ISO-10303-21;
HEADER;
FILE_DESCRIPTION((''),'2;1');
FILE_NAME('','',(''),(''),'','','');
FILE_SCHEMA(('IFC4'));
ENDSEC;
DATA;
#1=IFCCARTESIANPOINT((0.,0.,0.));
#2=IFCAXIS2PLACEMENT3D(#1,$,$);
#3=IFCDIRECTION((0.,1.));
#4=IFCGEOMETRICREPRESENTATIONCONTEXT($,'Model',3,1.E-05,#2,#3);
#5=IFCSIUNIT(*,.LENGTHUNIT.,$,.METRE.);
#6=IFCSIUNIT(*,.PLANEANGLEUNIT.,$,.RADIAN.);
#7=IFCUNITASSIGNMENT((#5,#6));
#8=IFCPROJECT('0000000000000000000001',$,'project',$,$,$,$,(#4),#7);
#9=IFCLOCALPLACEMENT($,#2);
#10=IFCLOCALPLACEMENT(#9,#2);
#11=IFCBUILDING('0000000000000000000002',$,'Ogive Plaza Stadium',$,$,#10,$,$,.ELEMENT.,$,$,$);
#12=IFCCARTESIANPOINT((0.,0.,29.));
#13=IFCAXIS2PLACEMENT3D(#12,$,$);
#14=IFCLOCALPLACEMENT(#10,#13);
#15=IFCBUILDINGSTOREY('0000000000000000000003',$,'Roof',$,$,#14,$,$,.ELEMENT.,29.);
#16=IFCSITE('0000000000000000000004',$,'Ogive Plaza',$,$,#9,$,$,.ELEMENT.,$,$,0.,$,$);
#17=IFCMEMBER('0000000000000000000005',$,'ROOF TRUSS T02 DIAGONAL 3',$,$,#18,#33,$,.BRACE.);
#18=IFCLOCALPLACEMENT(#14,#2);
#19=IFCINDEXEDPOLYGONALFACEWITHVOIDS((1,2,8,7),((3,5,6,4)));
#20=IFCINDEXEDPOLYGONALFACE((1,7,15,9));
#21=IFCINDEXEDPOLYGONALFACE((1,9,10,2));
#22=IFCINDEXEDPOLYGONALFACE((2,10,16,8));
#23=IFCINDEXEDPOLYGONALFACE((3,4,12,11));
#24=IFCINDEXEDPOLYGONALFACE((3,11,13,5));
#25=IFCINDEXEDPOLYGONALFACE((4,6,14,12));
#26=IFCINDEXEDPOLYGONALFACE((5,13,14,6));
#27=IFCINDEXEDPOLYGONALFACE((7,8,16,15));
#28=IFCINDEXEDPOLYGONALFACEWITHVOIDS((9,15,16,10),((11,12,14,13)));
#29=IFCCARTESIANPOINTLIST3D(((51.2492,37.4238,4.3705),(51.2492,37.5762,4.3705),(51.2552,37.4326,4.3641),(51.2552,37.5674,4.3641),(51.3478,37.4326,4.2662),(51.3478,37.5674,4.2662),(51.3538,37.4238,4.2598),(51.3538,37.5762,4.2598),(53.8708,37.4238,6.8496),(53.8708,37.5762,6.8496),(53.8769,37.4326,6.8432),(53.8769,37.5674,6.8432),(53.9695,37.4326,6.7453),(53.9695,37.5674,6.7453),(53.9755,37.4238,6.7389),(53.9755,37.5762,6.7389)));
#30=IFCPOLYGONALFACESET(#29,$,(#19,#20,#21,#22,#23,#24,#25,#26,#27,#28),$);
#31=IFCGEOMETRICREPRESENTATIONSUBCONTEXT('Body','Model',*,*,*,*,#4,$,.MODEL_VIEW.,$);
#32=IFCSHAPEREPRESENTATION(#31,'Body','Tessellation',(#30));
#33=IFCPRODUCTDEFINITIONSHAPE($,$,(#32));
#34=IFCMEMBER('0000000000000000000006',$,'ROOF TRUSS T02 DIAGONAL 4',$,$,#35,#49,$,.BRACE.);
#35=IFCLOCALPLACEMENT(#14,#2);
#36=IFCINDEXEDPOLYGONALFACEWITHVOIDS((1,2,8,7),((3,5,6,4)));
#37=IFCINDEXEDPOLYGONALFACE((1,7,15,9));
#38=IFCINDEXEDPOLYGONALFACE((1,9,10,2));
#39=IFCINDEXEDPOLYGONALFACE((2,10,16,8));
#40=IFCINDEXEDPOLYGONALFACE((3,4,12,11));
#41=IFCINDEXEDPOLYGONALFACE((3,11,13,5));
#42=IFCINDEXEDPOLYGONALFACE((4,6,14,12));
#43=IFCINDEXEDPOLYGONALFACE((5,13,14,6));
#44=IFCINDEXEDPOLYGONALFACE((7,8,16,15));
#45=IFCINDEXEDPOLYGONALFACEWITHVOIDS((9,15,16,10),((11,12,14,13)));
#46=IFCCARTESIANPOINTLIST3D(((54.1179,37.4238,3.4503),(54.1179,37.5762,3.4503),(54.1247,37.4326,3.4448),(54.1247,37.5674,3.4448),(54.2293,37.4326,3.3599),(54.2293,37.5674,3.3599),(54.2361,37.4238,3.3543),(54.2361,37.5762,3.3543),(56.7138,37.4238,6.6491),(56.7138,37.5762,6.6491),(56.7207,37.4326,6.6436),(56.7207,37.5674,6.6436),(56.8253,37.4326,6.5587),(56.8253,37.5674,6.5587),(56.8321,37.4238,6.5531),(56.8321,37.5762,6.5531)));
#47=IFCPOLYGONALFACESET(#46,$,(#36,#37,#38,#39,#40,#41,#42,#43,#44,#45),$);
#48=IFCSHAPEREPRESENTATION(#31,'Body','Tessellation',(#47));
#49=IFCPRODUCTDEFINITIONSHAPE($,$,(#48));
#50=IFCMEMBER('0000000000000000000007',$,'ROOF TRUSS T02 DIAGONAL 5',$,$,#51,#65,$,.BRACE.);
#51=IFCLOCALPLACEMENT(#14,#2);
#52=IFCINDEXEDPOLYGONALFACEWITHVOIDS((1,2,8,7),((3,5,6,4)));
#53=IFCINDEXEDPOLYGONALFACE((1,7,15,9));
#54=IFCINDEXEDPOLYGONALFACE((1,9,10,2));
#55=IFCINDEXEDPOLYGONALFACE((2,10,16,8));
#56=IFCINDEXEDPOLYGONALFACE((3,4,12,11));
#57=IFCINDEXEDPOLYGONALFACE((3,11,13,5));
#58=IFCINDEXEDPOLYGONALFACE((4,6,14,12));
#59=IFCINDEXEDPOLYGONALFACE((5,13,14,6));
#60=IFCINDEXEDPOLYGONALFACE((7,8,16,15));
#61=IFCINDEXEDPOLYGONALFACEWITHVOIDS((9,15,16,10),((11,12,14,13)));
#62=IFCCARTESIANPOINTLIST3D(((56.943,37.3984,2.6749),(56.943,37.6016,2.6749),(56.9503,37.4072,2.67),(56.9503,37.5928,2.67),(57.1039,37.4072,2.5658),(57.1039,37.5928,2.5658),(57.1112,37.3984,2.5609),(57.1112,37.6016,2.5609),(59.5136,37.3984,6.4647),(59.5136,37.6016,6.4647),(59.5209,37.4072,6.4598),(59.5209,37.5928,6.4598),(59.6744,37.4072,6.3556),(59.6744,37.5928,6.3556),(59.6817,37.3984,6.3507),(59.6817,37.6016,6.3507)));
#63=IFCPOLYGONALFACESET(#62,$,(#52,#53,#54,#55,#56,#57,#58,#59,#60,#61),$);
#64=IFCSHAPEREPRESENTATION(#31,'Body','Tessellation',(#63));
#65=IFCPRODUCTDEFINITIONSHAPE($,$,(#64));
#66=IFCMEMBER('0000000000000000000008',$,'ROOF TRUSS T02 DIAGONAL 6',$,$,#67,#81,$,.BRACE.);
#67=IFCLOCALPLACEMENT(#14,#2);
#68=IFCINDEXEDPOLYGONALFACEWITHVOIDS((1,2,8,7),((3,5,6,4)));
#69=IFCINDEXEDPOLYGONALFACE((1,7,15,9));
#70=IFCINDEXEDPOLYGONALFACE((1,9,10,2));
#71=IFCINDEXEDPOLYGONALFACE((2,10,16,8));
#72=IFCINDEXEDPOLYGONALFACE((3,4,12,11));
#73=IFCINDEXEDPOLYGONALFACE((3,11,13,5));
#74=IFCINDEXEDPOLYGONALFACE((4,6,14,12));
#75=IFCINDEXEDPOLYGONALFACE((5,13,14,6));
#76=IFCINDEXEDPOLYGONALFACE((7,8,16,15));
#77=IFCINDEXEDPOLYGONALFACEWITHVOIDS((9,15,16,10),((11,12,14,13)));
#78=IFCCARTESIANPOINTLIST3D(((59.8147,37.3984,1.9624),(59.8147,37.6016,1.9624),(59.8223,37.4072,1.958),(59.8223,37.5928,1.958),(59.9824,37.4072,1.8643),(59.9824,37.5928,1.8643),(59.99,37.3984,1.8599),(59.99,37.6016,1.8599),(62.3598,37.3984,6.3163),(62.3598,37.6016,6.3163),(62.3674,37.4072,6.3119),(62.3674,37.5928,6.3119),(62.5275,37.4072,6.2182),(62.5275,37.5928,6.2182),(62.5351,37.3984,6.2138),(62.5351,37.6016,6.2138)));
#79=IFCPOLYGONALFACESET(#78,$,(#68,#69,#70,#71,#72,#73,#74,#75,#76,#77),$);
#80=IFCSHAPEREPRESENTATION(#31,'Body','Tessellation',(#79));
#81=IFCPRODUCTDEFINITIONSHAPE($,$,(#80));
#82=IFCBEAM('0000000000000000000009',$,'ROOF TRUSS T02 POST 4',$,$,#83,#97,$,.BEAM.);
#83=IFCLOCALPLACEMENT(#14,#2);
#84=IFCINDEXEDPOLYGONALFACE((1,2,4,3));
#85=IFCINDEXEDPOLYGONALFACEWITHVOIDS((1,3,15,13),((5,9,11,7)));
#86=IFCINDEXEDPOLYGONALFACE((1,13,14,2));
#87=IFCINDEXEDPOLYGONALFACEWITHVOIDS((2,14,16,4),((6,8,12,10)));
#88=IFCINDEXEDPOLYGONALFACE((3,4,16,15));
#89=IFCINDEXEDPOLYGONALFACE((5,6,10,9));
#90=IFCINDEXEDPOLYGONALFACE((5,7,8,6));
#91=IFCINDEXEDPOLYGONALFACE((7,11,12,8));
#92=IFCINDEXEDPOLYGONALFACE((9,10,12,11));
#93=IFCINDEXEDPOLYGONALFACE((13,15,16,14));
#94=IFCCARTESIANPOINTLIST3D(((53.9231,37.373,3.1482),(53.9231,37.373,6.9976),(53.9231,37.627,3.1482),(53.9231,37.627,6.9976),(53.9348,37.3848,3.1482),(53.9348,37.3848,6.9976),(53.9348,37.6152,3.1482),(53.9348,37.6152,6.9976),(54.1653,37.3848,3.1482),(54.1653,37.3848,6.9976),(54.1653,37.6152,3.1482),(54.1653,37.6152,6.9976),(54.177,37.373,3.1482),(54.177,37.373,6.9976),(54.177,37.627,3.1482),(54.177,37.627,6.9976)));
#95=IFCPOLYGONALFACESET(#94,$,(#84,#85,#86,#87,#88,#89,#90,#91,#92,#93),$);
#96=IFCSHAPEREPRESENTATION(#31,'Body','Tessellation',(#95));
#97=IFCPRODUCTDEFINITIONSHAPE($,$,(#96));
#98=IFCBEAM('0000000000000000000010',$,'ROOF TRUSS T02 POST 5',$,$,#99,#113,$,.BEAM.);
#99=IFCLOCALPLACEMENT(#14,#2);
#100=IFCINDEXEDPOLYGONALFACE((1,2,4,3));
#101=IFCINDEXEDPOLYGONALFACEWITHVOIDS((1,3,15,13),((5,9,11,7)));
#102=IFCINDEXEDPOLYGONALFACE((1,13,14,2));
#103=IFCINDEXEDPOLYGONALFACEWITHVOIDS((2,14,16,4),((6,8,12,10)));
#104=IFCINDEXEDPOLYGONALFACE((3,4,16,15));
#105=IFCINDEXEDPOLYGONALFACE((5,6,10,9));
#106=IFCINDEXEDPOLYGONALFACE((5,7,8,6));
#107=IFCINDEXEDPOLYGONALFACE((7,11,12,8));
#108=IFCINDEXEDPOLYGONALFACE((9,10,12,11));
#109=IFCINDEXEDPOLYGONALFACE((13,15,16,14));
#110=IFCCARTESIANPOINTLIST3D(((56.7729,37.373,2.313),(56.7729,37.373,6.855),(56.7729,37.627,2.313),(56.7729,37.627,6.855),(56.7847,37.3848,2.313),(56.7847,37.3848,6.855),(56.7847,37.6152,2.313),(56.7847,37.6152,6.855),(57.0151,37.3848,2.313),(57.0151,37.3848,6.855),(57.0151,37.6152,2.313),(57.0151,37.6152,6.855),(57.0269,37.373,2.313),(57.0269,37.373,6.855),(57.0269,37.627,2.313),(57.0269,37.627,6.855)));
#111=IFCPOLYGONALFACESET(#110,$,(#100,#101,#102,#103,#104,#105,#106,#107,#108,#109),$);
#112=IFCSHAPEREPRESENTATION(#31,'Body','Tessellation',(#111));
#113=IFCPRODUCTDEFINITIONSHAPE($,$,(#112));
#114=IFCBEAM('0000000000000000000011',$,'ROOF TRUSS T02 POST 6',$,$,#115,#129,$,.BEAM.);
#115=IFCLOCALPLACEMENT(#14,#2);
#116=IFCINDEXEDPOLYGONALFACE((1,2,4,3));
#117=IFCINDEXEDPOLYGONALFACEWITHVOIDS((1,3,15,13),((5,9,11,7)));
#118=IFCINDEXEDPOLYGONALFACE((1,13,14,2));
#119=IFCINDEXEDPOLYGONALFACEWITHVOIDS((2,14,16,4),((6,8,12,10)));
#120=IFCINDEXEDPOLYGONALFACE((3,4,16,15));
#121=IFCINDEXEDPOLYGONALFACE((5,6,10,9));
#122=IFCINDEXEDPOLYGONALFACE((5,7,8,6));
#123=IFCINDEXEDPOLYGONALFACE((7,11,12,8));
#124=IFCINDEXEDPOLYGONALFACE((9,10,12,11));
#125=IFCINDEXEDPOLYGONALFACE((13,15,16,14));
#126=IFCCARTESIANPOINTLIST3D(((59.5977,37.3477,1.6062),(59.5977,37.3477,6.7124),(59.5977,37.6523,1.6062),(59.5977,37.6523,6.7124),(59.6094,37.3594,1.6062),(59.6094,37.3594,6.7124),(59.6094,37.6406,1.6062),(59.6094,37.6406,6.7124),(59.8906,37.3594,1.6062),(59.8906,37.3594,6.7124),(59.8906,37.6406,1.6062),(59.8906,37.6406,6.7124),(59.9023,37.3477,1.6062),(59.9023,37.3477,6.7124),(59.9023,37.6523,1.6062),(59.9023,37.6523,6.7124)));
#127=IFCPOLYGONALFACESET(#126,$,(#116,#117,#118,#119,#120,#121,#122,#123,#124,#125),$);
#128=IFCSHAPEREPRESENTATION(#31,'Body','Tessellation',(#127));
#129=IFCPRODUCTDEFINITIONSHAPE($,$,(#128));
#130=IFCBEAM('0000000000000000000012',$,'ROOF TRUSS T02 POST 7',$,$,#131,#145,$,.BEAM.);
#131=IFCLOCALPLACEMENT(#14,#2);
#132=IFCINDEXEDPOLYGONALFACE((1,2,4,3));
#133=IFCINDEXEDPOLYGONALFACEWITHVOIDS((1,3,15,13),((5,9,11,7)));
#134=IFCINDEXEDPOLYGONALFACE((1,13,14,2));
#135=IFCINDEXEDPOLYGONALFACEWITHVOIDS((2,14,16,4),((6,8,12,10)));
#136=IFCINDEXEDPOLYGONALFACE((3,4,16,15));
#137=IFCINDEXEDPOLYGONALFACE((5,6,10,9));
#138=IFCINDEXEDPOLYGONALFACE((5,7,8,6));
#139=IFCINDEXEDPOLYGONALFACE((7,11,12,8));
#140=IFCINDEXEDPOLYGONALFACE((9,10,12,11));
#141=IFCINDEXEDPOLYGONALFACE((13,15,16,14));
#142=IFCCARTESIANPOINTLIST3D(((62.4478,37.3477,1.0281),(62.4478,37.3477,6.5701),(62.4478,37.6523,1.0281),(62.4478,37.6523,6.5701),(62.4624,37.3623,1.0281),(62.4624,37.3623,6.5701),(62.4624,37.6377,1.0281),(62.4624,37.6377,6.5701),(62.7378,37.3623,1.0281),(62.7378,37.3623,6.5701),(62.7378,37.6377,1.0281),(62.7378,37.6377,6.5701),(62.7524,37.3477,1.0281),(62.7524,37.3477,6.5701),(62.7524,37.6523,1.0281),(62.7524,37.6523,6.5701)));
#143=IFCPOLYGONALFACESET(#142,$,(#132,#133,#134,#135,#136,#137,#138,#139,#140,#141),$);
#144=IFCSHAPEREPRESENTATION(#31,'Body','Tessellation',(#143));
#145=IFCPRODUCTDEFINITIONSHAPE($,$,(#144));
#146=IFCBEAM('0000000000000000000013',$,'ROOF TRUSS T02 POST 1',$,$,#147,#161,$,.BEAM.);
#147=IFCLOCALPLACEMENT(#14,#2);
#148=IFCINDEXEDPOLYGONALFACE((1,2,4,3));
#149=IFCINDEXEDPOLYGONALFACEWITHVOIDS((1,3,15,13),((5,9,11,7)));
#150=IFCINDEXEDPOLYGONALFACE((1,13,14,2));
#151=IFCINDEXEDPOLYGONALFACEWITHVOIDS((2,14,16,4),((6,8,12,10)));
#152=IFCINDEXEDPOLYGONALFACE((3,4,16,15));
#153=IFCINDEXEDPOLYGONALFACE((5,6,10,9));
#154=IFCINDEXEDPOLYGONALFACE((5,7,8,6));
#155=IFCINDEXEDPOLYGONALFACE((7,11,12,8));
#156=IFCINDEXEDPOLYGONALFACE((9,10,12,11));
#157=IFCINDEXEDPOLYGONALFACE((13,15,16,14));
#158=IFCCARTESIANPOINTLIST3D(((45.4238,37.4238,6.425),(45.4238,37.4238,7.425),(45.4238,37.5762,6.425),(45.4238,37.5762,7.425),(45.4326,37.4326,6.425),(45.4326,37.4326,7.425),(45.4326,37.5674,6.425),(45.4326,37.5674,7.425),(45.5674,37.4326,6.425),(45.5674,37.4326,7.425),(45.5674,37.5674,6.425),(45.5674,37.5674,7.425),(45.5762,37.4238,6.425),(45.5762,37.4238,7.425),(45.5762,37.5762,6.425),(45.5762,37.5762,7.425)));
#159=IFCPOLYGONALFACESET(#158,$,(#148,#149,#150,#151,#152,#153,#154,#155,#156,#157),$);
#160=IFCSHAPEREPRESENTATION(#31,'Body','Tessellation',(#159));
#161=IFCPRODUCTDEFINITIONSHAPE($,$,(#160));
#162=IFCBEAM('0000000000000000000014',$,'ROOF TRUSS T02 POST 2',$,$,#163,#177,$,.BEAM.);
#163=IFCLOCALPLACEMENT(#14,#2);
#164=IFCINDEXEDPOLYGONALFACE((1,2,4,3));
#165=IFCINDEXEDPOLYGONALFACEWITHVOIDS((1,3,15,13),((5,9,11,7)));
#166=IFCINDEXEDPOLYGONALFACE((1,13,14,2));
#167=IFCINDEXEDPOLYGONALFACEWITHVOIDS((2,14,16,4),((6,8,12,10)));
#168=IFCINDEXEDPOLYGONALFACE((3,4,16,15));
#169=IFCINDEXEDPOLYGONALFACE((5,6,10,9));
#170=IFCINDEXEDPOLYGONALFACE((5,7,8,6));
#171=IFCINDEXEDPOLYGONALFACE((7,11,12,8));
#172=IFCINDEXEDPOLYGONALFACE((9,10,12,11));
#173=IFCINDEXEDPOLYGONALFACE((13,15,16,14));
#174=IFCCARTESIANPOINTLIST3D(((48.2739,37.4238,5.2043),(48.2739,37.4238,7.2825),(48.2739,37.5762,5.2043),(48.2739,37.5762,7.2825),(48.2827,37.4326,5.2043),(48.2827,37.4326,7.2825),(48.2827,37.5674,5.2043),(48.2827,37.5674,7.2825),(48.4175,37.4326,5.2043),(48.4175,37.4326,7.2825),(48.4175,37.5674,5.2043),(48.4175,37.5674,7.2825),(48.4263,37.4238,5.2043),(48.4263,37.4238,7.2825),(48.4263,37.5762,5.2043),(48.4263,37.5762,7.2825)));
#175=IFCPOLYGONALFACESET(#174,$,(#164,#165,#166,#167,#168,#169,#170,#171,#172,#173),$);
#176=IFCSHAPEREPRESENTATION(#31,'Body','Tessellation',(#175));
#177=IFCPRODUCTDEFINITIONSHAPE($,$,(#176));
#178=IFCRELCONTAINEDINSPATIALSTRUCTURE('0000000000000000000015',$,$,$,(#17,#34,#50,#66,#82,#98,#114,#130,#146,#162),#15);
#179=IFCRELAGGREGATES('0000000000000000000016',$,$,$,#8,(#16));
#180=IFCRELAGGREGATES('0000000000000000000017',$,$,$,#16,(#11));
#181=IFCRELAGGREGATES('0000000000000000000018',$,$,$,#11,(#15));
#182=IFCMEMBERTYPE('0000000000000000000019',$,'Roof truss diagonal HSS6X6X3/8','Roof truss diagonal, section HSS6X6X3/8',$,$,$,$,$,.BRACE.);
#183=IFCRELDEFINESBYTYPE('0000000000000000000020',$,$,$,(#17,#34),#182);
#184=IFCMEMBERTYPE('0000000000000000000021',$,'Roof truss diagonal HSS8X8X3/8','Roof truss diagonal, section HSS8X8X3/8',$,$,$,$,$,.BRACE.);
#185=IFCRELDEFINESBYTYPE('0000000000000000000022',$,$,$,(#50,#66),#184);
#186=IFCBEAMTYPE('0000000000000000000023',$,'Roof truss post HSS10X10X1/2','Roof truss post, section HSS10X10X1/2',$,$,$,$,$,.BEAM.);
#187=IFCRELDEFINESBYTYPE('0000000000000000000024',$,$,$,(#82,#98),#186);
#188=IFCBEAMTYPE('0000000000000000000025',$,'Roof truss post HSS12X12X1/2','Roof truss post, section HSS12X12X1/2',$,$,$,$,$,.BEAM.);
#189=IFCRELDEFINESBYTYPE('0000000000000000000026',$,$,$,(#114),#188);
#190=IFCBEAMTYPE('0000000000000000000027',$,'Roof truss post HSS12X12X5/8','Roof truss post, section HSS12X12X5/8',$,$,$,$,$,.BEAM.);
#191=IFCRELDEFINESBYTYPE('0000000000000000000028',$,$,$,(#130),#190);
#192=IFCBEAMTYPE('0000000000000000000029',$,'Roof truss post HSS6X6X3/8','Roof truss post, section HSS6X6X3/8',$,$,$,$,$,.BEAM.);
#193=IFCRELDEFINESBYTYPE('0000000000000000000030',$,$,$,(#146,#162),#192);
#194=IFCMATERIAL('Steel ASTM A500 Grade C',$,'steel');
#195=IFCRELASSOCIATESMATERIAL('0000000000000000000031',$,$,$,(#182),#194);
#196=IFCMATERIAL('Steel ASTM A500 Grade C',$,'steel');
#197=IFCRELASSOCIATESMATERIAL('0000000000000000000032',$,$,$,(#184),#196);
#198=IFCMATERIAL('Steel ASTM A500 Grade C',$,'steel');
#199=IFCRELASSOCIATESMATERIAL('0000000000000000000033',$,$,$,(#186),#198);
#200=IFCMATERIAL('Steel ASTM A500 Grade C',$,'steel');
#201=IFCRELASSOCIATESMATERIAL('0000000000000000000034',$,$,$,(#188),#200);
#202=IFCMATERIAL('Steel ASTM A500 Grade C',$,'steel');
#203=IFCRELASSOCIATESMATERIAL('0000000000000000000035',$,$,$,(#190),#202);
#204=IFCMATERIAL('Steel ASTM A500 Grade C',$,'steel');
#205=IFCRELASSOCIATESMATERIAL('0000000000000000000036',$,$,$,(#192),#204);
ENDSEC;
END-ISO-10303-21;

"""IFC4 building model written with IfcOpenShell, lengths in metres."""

from ifc_helpers import new_model, si_unit, direction, frame, origin, origin_2d, place, context, subcontext, project, spatial, hollow_rectangle, extrude, material, material_profile, profile_set, type_object, element, save


model = new_model("IFC4")

# Units and contexts
model_context = context("Model", 3, precision=1e-05, world=origin(), true_north=direction((0.0, 1.0)))
body_context = subcontext(model_context, "Body", "Model", "MODEL_VIEW")
ifc_project = project(units=[si_unit("LENGTHUNIT", "METRE"), si_unit("PLANEANGLEUNIT", "RADIAN")], contexts=[model_context])

# Site, building, storey
site_placement = place(None, origin())
site = spatial("IfcSite", under=ifc_project, at=site_placement, Name="Ogive Plaza", CompositionType="ELEMENT", RefElevation=0.0)
building_placement = place(site_placement, origin())
building = spatial("IfcBuilding", under=site, at=building_placement, Name="Ogive Plaza Stadium", CompositionType="ELEMENT")
storey_placement = place(building_placement, frame((0.0, 0.0, 29.0)))
storey = spatial("IfcBuildingStorey", under=building, at=storey_placement, Name="Roof", CompositionType="ELEMENT", Elevation=29.0)

# Members
ifc_material_1 = material(Name="Steel ASTM A500 Grade C", Category="steel")
ifc_material_profile_1 = material_profile(ifc_material_1, hollow_rectangle(XDim=0.1523, YDim=0.1523, WallThickness=0.0088, at=origin_2d()), Name="HSS6X6X3/8")
ifc_profile_set_1 = profile_set([ifc_material_profile_1], Name="Steel ASTM A500 Grade C")
member_type_1 = type_object("IfcMemberType", Name="Roof truss diagonal HSS6X6X3/8", Description="Roof truss diagonal, section HSS6X6X3/8", PredefinedType="BRACE", material=ifc_profile_set_1)
member_1_placement = place(storey_placement, frame((51.3015, 37.5, 4.3152), z_axis=(0.726589, 0.0, 0.687072), x_axis=(0.0, 1.0, 0.0)))
element("IfcMember", 1, at=member_1_placement, inside=storey, type_object=member_type_1, Name="ROOF TRUSS T02 DIAGONAL 3", PredefinedType="BRACE", context=body_context, shape_type="SweptSolid", body=[
    extrude(hollow_rectangle(XDim=0.1523, YDim=0.1523, WallThickness=0.0088, at=origin_2d()), origin(), (0.0, 0.0, 1.0), 3.6082),
])
member_2_placement = place(storey_placement, frame((54.177, 37.5, 3.4023), z_axis=(0.630151, 0.0, 0.776473), x_axis=(0.0, 1.0, 0.0)))
element("IfcMember", 2, at=member_2_placement, inside=storey, type_object=member_type_1, Name="ROOF TRUSS T02 DIAGONAL 4", PredefinedType="BRACE", context=body_context, shape_type="SweptSolid", body=[
    extrude(hollow_rectangle(XDim=0.1523, YDim=0.1523, WallThickness=0.0088, at=origin_2d()), origin(), (0.0, 0.0, 1.0), 4.1196),
])
ifc_material_2 = material(Name="Steel ASTM A500 Grade C", Category="steel")
ifc_material_profile_2 = material_profile(ifc_material_2, hollow_rectangle(XDim=0.2031, YDim=0.2031, WallThickness=0.0088, at=origin_2d()), Name="HSS8X8X3/8")
ifc_profile_set_2 = profile_set([ifc_material_profile_2], Name="Steel ASTM A500 Grade C")
member_type_2 = type_object("IfcMemberType", Name="Roof truss diagonal HSS8X8X3/8", Description="Roof truss diagonal, section HSS8X8X3/8", PredefinedType="BRACE", material=ifc_profile_set_2)
member_3_placement = place(storey_placement, frame((57.0271, 37.5, 2.6179), z_axis=(0.561338, 0.0, 0.827586), x_axis=(0.0, 1.0, 0.0)))
element("IfcMember", 3, at=member_3_placement, inside=storey, type_object=member_type_2, Name="ROOF TRUSS T02 DIAGONAL 5", PredefinedType="BRACE", context=body_context, shape_type="SweptSolid", body=[
    extrude(hollow_rectangle(XDim=0.2031, YDim=0.2031, WallThickness=0.0088, at=origin_2d()), origin(), (0.0, 0.0, 1.0), 4.5793),
])
member_4_placement = place(storey_placement, frame((59.9023, 37.5, 1.9111), z_axis=(0.504659, 0.0, 0.863319), x_axis=(0.0, 1.0, 0.0)))
element("IfcMember", 4, at=member_4_placement, inside=storey, type_object=member_type_2, Name="ROOF TRUSS T02 DIAGONAL 6", PredefinedType="BRACE", context=body_context, shape_type="SweptSolid", body=[
    extrude(hollow_rectangle(XDim=0.2031, YDim=0.2031, WallThickness=0.0088, at=origin_2d()), origin(), (0.0, 0.0, 1.0), 5.0432),
])

# Beams
ifc_material_3 = material(Name="Steel ASTM A500 Grade C", Category="steel")
ifc_material_profile_3 = material_profile(ifc_material_3, hollow_rectangle(XDim=0.2539, YDim=0.2539, WallThickness=0.0117, at=origin_2d()), Name="HSS10X10X1/2")
ifc_profile_set_3 = profile_set([ifc_material_profile_3], Name="Steel ASTM A500 Grade C")
beam_type_1 = type_object("IfcBeamType", Name="Roof truss post HSS10X10X1/2", Description="Roof truss post, section HSS10X10X1/2", PredefinedType="BEAM", material=ifc_profile_set_3)
beam_1_placement = place(storey_placement, frame((54.05, 37.5, 3.1482), z_axis=(0.0, 0.0, 1.0), x_axis=(0.0, 1.0, 0.0)))
element("IfcBeam", 5, at=beam_1_placement, inside=storey, type_object=beam_type_1, Name="ROOF TRUSS T02 POST 4", PredefinedType="BEAM", context=body_context, shape_type="SweptSolid", body=[
    extrude(hollow_rectangle(XDim=0.2539, YDim=0.2539, WallThickness=0.0117, at=origin_2d()), origin(), (0.0, 0.0, 1.0), 3.8494),
])
beam_2_placement = place(storey_placement, frame((56.8999, 37.5, 2.313), z_axis=(0.0, 0.0, 1.0), x_axis=(0.0, 1.0, 0.0)))
element("IfcBeam", 6, at=beam_2_placement, inside=storey, type_object=beam_type_1, Name="ROOF TRUSS T02 POST 5", PredefinedType="BEAM", context=body_context, shape_type="SweptSolid", body=[
    extrude(hollow_rectangle(XDim=0.2539, YDim=0.2539, WallThickness=0.0117, at=origin_2d()), origin(), (0.0, 0.0, 1.0), 4.542),
])
ifc_material_4 = material(Name="Steel ASTM A500 Grade C", Category="steel")
ifc_material_profile_4 = material_profile(ifc_material_4, hollow_rectangle(XDim=0.3047, YDim=0.3047, WallThickness=0.0117, at=origin_2d()), Name="HSS12X12X1/2")
ifc_profile_set_4 = profile_set([ifc_material_profile_4], Name="Steel ASTM A500 Grade C")
beam_type_2 = type_object("IfcBeamType", Name="Roof truss post HSS12X12X1/2", Description="Roof truss post, section HSS12X12X1/2", PredefinedType="BEAM", material=ifc_profile_set_4)
beam_3_placement = place(storey_placement, frame((59.75, 37.5, 1.6062), z_axis=(0.0, 0.0, 1.0), x_axis=(0.0, 1.0, 0.0)))
element("IfcBeam", 7, at=beam_3_placement, inside=storey, type_object=beam_type_2, Name="ROOF TRUSS T02 POST 6", PredefinedType="BEAM", context=body_context, shape_type="SweptSolid", body=[
    extrude(hollow_rectangle(XDim=0.3047, YDim=0.3047, WallThickness=0.0117, at=origin_2d()), origin(), (0.0, 0.0, 1.0), 5.1062),
])
ifc_material_5 = material(Name="Steel ASTM A500 Grade C", Category="steel")
ifc_material_profile_5 = material_profile(ifc_material_5, hollow_rectangle(XDim=0.3047, YDim=0.3047, WallThickness=0.0146, at=origin_2d()), Name="HSS12X12X5/8")
ifc_profile_set_5 = profile_set([ifc_material_profile_5], Name="Steel ASTM A500 Grade C")
beam_type_3 = type_object("IfcBeamType", Name="Roof truss post HSS12X12X5/8", Description="Roof truss post, section HSS12X12X5/8", PredefinedType="BEAM", material=ifc_profile_set_5)
beam_4_placement = place(storey_placement, frame((62.6001, 37.5, 1.0281), z_axis=(0.0, 0.0, 1.0), x_axis=(0.0, 1.0, 0.0)))
element("IfcBeam", 8, at=beam_4_placement, inside=storey, type_object=beam_type_3, Name="ROOF TRUSS T02 POST 7", PredefinedType="BEAM", context=body_context, shape_type="SweptSolid", body=[
    extrude(hollow_rectangle(XDim=0.3047, YDim=0.3047, WallThickness=0.0146, at=origin_2d()), origin(), (0.0, 0.0, 1.0), 5.542),
])
ifc_material_6 = material(Name="Steel ASTM A500 Grade C", Category="steel")
ifc_material_profile_6 = material_profile(ifc_material_6, hollow_rectangle(XDim=0.1523, YDim=0.1523, WallThickness=0.0088, at=origin_2d()), Name="HSS6X6X3/8")
ifc_profile_set_6 = profile_set([ifc_material_profile_6], Name="Steel ASTM A500 Grade C")
beam_type_4 = type_object("IfcBeamType", Name="Roof truss post HSS6X6X3/8", Description="Roof truss post, section HSS6X6X3/8", PredefinedType="BEAM", material=ifc_profile_set_6)
beam_5_placement = place(storey_placement, frame((45.5, 37.5, 6.425), z_axis=(0.0, 0.0, 1.0), x_axis=(0.0, 1.0, 0.0)))
element("IfcBeam", 9, at=beam_5_placement, inside=storey, type_object=beam_type_4, Name="ROOF TRUSS T02 POST 1", PredefinedType="BEAM", context=body_context, shape_type="SweptSolid", body=[
    extrude(hollow_rectangle(XDim=0.1523, YDim=0.1523, WallThickness=0.0088, at=origin_2d()), origin(), (0.0, 0.0, 1.0), 1.0),
])
beam_6_placement = place(storey_placement, frame((48.3501, 37.5, 5.2043), z_axis=(0.0, 0.0, 1.0), x_axis=(0.0, 1.0, 0.0)))
element("IfcBeam", 10, at=beam_6_placement, inside=storey, type_object=beam_type_4, Name="ROOF TRUSS T02 POST 2", PredefinedType="BEAM", context=body_context, shape_type="SweptSolid", body=[
    extrude(hollow_rectangle(XDim=0.1523, YDim=0.1523, WallThickness=0.0088, at=origin_2d()), origin(), (0.0, 0.0, 1.0), 2.0781),
])

save(model, "model.ifc")
